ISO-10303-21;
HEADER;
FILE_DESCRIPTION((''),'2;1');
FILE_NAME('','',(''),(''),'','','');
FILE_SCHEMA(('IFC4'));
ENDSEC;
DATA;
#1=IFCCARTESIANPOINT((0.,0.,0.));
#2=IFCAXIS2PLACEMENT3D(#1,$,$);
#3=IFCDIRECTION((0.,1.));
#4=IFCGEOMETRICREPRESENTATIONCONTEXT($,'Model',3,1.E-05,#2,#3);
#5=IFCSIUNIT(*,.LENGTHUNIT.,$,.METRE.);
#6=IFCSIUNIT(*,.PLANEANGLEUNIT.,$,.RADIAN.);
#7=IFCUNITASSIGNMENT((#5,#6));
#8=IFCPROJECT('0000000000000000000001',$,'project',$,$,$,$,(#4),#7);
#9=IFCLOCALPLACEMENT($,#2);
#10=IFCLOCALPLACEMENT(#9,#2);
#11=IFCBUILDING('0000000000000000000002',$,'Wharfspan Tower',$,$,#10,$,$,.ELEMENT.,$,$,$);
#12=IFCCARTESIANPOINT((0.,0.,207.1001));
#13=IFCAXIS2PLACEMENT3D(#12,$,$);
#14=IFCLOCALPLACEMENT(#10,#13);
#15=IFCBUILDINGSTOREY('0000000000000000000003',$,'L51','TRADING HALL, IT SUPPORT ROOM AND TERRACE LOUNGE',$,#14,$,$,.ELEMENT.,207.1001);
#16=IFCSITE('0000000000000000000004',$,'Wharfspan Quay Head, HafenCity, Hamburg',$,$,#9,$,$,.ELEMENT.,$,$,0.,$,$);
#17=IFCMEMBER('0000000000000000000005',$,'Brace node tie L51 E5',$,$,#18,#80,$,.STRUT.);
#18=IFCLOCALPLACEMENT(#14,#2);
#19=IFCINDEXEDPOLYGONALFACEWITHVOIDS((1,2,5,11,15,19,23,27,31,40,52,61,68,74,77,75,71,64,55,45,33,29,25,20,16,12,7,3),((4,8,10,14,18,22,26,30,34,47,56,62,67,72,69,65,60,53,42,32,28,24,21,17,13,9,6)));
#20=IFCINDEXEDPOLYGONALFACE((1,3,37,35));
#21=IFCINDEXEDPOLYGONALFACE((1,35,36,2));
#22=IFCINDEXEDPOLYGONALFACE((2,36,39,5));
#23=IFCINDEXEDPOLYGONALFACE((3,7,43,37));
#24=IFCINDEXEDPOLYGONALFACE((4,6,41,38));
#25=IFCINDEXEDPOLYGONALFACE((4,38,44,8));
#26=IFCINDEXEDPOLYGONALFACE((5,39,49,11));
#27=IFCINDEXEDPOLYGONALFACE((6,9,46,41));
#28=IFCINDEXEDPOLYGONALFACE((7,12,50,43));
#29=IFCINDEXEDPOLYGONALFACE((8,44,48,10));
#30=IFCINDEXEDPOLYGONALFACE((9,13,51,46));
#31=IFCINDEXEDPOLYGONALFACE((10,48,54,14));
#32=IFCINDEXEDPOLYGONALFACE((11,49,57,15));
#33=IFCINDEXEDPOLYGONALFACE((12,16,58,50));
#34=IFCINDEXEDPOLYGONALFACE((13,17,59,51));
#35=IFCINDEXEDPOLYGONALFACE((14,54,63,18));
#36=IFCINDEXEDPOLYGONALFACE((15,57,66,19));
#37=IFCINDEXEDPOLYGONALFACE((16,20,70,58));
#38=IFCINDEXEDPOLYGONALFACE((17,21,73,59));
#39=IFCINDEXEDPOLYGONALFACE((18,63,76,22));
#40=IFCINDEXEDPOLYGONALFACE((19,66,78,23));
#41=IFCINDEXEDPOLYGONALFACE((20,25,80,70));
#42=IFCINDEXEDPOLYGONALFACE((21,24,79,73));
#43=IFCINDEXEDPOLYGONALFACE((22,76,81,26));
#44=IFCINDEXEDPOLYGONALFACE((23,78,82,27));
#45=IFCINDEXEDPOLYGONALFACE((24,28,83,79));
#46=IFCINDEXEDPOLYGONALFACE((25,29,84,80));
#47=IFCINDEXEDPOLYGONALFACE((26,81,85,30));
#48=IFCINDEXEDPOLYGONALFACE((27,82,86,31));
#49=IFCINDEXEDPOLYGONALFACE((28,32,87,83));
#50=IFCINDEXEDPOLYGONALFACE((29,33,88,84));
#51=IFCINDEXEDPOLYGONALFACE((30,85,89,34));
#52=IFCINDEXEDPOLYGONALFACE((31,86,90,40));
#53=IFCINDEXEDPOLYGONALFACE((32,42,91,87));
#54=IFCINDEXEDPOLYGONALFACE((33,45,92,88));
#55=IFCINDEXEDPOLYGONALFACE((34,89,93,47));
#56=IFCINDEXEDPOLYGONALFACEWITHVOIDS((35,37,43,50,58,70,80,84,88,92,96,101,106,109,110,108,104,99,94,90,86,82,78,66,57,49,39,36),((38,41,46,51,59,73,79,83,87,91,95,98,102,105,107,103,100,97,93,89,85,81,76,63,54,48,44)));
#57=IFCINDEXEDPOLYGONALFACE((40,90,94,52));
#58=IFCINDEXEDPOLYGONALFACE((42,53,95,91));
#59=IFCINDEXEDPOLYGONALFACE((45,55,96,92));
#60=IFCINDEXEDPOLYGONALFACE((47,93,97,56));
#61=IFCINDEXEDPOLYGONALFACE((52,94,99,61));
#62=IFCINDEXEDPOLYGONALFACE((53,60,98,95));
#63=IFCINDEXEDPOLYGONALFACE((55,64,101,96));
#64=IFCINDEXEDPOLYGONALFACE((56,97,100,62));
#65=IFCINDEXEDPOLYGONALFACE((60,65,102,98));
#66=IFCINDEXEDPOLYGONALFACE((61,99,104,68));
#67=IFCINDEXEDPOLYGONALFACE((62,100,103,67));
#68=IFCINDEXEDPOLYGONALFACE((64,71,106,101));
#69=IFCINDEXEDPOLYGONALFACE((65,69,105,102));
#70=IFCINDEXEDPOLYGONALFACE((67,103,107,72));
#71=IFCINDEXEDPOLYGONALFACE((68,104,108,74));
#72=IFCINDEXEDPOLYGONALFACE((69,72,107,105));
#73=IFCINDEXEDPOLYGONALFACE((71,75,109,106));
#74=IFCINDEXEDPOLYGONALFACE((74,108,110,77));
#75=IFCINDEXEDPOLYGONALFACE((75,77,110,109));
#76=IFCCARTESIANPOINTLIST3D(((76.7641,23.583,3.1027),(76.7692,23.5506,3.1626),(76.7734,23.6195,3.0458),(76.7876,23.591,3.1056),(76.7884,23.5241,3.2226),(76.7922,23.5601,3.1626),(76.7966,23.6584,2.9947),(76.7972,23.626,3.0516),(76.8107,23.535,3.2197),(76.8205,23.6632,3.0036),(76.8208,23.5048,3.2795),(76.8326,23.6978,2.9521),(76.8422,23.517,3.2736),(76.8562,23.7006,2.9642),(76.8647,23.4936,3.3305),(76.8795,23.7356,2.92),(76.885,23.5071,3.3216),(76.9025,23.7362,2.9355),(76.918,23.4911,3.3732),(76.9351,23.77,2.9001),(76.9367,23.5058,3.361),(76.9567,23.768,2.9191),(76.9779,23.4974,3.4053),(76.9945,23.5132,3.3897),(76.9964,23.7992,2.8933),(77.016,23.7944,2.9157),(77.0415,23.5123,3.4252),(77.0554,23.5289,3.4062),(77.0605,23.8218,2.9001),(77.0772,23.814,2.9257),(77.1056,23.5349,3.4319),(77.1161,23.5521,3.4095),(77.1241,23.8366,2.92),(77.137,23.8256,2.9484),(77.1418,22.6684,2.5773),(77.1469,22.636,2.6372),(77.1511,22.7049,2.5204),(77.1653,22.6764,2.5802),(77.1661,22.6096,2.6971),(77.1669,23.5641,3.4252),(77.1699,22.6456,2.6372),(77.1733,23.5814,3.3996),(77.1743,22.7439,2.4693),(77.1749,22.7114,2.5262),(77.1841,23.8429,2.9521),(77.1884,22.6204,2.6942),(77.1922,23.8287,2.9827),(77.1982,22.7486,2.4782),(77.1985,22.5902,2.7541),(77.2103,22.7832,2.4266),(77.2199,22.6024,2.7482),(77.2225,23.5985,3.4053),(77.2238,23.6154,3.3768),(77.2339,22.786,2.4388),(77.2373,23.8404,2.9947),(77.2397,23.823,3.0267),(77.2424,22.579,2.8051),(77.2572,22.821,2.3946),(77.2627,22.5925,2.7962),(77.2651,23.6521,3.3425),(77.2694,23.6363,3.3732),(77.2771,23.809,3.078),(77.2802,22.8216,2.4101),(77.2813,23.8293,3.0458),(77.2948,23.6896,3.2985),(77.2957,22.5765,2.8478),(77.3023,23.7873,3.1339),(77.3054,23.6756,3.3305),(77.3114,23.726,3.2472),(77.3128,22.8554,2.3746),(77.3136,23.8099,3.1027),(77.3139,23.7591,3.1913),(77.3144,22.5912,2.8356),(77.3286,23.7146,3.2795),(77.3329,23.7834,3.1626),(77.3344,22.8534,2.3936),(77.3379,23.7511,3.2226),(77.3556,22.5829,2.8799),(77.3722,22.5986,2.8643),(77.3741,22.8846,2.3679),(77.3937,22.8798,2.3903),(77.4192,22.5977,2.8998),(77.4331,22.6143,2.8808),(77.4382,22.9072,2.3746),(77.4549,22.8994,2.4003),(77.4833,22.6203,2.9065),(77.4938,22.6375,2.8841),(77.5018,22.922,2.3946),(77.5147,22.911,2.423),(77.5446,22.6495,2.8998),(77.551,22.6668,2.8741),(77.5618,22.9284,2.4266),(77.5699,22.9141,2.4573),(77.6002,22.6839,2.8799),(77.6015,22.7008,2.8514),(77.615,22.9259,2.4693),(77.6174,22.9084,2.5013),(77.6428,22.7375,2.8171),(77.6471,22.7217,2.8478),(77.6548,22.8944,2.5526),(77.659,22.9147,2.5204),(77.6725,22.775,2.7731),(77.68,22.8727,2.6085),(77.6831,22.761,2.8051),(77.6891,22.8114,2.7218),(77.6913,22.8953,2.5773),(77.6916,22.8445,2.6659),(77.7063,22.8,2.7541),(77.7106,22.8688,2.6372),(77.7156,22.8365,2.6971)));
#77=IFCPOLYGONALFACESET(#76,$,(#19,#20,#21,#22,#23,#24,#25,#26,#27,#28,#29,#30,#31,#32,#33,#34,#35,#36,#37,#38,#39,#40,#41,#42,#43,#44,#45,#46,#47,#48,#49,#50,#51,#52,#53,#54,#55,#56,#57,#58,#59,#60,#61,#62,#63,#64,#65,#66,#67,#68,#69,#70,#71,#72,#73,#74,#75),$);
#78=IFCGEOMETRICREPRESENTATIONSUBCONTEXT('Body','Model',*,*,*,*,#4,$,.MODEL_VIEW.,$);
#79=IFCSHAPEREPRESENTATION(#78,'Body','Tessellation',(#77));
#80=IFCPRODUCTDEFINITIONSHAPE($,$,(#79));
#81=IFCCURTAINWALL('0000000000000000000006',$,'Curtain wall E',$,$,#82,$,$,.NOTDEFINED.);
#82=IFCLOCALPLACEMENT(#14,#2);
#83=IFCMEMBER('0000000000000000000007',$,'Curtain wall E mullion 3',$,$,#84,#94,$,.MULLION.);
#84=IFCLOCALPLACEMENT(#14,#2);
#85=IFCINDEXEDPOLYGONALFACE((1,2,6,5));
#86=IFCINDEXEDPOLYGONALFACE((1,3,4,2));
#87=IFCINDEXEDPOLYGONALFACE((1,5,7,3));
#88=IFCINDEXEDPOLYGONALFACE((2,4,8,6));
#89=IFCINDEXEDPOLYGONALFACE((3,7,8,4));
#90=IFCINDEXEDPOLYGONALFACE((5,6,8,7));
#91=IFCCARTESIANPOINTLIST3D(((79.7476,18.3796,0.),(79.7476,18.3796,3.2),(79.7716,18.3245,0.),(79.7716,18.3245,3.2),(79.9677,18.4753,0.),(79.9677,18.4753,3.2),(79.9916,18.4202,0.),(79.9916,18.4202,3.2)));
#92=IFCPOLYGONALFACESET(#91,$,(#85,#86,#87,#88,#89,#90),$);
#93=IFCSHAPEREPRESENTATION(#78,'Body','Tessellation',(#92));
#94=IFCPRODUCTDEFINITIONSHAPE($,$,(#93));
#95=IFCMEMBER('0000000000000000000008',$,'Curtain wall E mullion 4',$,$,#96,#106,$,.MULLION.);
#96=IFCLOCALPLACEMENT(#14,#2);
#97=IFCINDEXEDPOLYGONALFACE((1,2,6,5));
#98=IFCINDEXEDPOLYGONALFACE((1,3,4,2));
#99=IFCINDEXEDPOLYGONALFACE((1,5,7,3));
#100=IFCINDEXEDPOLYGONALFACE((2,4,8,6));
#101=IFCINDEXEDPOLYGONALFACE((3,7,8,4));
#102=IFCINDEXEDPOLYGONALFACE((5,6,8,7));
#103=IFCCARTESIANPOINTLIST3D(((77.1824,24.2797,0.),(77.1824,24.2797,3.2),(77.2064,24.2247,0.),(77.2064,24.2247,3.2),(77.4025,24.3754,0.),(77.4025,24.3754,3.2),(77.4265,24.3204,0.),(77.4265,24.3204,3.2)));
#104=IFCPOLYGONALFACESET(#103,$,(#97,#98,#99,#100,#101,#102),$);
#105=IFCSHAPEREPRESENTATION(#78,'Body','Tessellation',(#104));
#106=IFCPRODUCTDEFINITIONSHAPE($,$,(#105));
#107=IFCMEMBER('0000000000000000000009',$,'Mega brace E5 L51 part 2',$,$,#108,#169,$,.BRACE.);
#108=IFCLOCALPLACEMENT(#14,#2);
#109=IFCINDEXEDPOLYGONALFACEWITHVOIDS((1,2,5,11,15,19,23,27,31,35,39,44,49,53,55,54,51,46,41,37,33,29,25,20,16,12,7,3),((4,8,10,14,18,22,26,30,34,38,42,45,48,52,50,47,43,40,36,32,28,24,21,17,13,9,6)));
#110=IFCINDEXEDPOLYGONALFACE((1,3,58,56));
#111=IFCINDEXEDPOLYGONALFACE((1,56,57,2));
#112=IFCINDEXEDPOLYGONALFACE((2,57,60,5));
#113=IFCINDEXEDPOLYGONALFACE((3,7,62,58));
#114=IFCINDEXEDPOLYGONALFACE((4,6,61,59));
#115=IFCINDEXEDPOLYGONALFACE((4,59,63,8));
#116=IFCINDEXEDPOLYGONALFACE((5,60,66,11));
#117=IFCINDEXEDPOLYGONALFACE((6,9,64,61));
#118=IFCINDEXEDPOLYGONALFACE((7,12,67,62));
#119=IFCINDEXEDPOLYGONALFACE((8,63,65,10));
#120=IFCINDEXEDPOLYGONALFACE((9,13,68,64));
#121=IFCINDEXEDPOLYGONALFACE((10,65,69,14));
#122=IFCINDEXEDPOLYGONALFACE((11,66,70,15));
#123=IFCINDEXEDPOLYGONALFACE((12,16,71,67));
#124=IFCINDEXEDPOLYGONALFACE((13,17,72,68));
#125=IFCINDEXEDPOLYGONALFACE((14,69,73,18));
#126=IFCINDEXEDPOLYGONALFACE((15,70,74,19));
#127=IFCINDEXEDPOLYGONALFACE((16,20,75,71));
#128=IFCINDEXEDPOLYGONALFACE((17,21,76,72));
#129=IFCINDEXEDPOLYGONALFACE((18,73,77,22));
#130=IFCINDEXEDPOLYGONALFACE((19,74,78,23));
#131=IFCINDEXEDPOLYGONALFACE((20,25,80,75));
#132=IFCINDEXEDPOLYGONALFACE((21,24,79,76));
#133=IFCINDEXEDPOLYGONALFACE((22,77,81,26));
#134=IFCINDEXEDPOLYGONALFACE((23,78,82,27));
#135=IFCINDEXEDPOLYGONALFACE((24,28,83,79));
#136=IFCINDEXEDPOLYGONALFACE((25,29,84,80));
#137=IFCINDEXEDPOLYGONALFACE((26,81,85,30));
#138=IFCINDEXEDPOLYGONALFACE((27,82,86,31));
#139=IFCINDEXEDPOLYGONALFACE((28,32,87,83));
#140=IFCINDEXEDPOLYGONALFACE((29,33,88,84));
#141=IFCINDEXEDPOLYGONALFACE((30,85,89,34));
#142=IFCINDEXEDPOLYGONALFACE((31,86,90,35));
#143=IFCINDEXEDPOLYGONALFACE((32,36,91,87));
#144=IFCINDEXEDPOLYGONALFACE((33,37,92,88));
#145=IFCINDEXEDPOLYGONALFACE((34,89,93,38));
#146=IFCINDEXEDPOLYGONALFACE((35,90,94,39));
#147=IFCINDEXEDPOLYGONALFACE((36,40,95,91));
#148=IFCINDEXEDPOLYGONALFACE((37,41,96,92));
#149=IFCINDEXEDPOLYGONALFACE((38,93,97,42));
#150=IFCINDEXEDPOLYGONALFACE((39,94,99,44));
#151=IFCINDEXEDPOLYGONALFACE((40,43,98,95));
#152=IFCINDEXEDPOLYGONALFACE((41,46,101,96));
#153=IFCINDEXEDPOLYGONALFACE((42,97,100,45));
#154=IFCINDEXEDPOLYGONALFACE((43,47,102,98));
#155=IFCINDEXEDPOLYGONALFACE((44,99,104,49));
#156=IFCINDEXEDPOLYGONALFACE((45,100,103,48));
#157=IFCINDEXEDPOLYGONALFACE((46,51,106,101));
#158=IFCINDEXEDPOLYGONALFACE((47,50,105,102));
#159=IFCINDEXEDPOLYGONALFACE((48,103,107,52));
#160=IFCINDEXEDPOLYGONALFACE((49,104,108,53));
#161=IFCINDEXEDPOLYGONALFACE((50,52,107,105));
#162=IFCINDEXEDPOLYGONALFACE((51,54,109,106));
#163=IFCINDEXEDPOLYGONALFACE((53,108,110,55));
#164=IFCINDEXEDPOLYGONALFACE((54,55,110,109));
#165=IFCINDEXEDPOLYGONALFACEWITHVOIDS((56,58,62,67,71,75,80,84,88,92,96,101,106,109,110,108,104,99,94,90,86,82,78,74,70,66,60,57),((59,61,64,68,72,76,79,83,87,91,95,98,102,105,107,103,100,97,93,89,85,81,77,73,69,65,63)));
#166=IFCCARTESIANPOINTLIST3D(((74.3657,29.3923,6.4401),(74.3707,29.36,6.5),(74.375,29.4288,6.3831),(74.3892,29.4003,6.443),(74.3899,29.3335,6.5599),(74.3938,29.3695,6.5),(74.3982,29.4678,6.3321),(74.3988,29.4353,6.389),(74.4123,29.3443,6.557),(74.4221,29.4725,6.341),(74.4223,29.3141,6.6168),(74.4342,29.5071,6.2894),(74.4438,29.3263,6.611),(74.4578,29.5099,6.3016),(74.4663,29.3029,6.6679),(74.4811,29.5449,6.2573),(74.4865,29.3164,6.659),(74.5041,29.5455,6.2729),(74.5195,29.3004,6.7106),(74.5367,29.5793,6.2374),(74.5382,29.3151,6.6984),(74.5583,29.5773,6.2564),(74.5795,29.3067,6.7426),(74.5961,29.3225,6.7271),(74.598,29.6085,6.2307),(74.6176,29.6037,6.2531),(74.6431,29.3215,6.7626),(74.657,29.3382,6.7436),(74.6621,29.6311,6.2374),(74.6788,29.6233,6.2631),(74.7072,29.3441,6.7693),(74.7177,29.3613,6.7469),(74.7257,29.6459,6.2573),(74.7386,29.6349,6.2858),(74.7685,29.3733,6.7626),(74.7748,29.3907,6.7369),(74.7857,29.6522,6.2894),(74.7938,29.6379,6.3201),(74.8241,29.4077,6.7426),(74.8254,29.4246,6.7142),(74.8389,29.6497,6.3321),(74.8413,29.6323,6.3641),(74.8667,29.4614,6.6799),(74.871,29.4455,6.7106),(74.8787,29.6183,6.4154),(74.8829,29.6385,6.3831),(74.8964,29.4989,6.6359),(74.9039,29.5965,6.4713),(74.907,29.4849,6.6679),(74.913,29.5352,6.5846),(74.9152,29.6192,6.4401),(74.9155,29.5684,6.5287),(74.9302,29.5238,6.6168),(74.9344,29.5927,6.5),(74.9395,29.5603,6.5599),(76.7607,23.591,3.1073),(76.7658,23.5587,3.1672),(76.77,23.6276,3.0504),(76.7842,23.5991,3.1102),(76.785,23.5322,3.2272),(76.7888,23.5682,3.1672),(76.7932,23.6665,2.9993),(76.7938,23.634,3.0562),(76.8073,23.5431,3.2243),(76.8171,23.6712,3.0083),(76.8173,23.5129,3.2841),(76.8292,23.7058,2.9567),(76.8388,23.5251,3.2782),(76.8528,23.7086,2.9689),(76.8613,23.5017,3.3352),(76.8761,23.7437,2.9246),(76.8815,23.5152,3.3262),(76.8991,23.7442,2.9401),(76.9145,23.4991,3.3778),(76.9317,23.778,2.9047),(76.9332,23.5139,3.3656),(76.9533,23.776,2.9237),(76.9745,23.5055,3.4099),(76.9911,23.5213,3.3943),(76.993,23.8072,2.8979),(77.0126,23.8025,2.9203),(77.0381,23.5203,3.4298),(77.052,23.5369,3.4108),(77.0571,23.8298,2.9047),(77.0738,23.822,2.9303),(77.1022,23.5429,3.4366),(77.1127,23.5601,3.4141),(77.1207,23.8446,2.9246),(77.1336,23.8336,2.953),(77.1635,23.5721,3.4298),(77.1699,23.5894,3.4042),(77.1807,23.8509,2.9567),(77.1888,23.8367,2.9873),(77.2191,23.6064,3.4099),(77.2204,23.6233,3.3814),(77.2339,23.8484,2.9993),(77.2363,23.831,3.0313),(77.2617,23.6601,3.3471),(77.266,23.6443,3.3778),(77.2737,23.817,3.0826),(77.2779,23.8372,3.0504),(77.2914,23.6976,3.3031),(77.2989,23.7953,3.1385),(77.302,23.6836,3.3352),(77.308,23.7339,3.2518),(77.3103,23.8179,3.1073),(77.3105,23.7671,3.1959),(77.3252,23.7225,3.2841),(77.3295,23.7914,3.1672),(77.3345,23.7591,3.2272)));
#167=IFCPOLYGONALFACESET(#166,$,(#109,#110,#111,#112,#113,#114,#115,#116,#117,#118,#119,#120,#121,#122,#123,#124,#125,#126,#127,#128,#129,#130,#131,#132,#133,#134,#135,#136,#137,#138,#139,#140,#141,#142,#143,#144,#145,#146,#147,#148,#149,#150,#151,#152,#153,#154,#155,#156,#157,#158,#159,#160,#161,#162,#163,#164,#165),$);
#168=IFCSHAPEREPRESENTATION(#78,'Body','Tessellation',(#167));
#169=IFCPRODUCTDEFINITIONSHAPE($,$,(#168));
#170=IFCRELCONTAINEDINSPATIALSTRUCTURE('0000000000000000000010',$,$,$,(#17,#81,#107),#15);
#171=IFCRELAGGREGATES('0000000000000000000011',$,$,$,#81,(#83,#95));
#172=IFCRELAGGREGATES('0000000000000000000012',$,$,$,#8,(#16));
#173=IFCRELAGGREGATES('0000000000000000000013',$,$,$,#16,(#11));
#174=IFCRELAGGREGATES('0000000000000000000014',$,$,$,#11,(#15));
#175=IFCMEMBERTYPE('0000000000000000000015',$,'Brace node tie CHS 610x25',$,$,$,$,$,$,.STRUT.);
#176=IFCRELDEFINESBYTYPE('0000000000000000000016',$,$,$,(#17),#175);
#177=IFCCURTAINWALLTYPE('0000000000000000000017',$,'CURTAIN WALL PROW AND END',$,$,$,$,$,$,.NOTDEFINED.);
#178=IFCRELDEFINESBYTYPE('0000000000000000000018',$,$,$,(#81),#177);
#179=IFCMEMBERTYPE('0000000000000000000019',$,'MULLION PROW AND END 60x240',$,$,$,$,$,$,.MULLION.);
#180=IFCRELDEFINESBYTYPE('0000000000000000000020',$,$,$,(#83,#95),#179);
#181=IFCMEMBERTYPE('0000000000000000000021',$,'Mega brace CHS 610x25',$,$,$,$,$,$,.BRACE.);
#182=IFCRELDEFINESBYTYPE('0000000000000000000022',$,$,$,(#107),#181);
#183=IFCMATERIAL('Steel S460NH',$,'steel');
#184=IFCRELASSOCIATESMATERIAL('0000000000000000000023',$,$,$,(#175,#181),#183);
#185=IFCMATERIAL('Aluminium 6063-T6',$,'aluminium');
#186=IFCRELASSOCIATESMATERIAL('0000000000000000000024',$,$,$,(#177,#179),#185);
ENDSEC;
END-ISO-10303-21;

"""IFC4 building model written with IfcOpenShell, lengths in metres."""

from ifc_helpers import new_model, si_unit, direction, frame, origin, origin_2d, place, context, subcontext, project, spatial, rectangle, hollow_circle, extrude, material, material_profile, profile_set, type_object, element, aggregate, save


model = new_model("IFC4")

# Units and contexts
model_context = context("Model", 3, precision=1e-05, world=origin(), true_north=direction((0.0, 1.0)))
body_context = subcontext(model_context, "Body", "Model", "MODEL_VIEW")
ifc_project = project(units=[si_unit("LENGTHUNIT", "METRE"), si_unit("PLANEANGLEUNIT", "RADIAN")], contexts=[model_context])

# Site, building, storey
site_placement = place(None, origin())
site = spatial("IfcSite", under=ifc_project, at=site_placement, Name="Wharfspan Quay Head, HafenCity, Hamburg", CompositionType="ELEMENT", RefElevation=0.0)
building_placement = place(site_placement, origin())
building = spatial("IfcBuilding", under=site, at=building_placement, Name="Wharfspan Tower", CompositionType="ELEMENT")
storey_placement = place(building_placement, frame((0.0, 0.0, 207.1001)))
storey = spatial("IfcBuildingStorey", under=building, at=storey_placement, Name="L51", Description="TRADING HALL, IT SUPPORT ROOM AND TERRACE LOUNGE", CompositionType="ELEMENT", Elevation=207.1001)

# Member
ifc_material_1 = material(Name="Steel S460NH", Category="steel")
ifc_material_profile_1 = material_profile(ifc_material_1, hollow_circle(Radius=0.3049, WallThickness=0.0249, at=origin_2d()))
ifc_profile_set_1 = profile_set([ifc_material_profile_1], Name="Steel S460NH")
member_type_1 = type_object("IfcMemberType", Name="Brace node tie CHS 610x25", PredefinedType="STRUT", material=ifc_profile_set_1)
member_1_placement = place(storey_placement, frame((77.4287, 22.7524, 2.6372), z_axis=(-0.337127, 0.81634, 0.468971), x_axis=(-0.924287, -0.381708, 0.000003)))
element("IfcMember", 1, at=member_1_placement, inside=storey, type_object=member_type_1, Name="Brace node tie L51 E5", PredefinedType="STRUT", context=body_context, shape_type="SweptSolid", body=[
    extrude(hollow_circle(Radius=0.3049, WallThickness=0.0249, at=origin_2d()), origin(), (0.0, 0.0, 1.0), 1.1204),
])

# Curtain wall, members
ifc_material_2 = material(Name="Aluminium 6063-T6", Category="aluminium")
curtain_wall_type = type_object("IfcCurtainWallType", Name="CURTAIN WALL PROW AND END", PredefinedType="NOTDEFINED", material=ifc_material_2)
curtain_wall_placement = place(storey_placement, origin())
curtain_wall = element("IfcCurtainWall", 2, at=curtain_wall_placement, inside=storey, type_object=curtain_wall_type, Name="Curtain wall E", PredefinedType="NOTDEFINED")
ifc_material_profile_2 = material_profile(ifc_material_2, rectangle(XDim=0.24, YDim=0.0601, at=origin_2d()))
ifc_profile_set_2 = profile_set([ifc_material_profile_2], Name="Aluminium 6063-T6")
member_type_2 = type_object("IfcMemberType", Name="MULLION PROW AND END 60x240", PredefinedType="MULLION", material=ifc_profile_set_2)
member_2_placement = place(storey_placement, frame((79.8696, 18.3999, 0.0), z_axis=(0.0, 0.0, 1.0), x_axis=(-0.917072, -0.398727, 0.0)))
member_2 = element("IfcMember", 3, at=member_2_placement, type_object=member_type_2, Name="Curtain wall E mullion 3", PredefinedType="MULLION", context=body_context, shape_type="SweptSolid", body=[
    extrude(rectangle(XDim=0.24, YDim=0.0601, at=origin_2d()), origin(), (0.0, 0.0, 1.0), 3.2),
])
member_3_placement = place(storey_placement, frame((77.3044, 24.3, 0.0), z_axis=(0.0, 0.0, 1.0), x_axis=(-0.917072, -0.398727, 0.0)))
member_3 = element("IfcMember", 4, at=member_3_placement, type_object=member_type_2, Name="Curtain wall E mullion 4", PredefinedType="MULLION", context=body_context, shape_type="SweptSolid", body=[
    extrude(rectangle(XDim=0.24, YDim=0.0601, at=origin_2d()), origin(), (0.0, 0.0, 1.0), 3.2),
])

# Member
ifc_material_profile_3 = material_profile(ifc_material_1, hollow_circle(Radius=0.3049, WallThickness=0.0249, at=origin_2d()))
ifc_profile_set_3 = profile_set([ifc_material_profile_3], Name="Steel S460NH")
member_type_3 = type_object("IfcMemberType", Name="Mega brace CHS 610x25", PredefinedType="BRACE", material=ifc_profile_set_3)
member_4_placement = place(storey_placement, frame((77.0476, 23.675, 3.1672), z_axis=(-0.337032, 0.816367, 0.468993), x_axis=(-0.92433, -0.381605, 0.000002)))
element("IfcMember", 5, at=member_4_placement, inside=storey, type_object=member_type_3, Name="Mega brace E5 L51 part 2", PredefinedType="BRACE", context=body_context, shape_type="SweptSolid", body=[
    extrude(hollow_circle(Radius=0.3049, WallThickness=0.0249, at=origin_2d()), origin(), (0.0, 0.0, 1.0), 7.1062),
])

aggregate(curtain_wall, [member_2, member_3])

save(model, "model.ifc")
